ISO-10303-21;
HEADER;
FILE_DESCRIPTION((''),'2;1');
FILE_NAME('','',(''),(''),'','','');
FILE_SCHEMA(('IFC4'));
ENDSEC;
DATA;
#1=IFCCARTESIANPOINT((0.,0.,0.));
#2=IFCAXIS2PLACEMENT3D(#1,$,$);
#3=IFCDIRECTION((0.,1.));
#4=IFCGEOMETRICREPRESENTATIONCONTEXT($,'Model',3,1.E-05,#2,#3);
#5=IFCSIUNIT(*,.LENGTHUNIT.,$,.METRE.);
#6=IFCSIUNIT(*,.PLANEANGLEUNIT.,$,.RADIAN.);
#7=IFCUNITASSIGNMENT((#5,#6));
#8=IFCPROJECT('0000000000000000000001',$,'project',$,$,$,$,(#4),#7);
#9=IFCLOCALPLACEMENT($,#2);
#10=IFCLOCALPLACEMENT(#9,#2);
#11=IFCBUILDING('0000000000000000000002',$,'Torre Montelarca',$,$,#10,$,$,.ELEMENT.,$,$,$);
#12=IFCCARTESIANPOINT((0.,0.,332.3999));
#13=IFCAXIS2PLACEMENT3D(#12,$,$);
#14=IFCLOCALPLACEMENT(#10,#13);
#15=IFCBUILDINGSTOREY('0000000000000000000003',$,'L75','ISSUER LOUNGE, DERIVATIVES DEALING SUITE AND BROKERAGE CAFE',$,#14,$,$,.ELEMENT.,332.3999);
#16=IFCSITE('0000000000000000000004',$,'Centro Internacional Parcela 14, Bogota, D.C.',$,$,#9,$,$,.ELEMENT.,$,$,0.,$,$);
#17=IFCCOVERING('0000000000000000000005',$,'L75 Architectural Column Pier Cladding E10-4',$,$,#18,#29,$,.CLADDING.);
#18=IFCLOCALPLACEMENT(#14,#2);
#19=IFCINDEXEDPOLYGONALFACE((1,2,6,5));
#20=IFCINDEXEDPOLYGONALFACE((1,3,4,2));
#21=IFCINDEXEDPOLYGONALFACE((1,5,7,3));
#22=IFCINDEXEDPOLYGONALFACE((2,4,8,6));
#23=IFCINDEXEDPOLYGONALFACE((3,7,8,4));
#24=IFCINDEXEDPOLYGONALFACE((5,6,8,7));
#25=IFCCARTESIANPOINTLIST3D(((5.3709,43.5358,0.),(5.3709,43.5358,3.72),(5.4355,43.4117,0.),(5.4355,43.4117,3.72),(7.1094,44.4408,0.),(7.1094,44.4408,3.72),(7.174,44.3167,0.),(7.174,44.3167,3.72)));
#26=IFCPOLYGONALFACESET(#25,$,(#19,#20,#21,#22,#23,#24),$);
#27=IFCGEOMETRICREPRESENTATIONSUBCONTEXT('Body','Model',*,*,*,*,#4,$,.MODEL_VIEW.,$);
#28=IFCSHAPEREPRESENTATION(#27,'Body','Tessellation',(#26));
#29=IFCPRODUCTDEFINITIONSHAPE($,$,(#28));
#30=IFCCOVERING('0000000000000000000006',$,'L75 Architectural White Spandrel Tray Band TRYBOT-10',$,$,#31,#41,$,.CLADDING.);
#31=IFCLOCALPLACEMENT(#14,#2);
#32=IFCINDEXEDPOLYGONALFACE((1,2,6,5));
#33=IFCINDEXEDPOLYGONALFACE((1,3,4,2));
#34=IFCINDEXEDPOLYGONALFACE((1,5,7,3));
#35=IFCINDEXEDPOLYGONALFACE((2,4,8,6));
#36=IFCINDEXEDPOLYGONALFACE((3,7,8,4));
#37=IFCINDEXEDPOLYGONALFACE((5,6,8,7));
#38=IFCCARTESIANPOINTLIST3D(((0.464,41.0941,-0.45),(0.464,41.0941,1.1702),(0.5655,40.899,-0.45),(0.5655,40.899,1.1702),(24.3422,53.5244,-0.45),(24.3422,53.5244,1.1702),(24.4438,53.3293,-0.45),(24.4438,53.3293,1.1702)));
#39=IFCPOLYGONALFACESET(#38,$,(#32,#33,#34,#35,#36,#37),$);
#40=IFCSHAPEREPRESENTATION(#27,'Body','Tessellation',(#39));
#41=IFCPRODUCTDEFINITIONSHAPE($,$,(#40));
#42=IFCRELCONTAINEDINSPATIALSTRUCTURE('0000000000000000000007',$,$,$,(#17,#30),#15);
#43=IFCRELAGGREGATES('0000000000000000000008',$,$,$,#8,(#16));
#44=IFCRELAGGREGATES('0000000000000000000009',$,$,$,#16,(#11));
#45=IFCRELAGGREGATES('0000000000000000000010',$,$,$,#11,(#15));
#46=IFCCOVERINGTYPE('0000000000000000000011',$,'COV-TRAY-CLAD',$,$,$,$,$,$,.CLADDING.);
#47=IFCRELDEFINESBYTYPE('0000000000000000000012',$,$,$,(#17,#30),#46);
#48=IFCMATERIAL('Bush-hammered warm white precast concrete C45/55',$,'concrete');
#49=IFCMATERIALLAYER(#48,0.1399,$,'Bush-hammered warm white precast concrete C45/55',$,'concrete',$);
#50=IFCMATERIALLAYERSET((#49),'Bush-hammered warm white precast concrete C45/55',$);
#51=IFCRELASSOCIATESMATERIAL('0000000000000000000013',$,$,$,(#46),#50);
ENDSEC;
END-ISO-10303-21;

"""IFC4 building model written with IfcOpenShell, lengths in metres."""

from ifc_helpers import new_model, si_unit, direction, frame, origin, origin_2d, place, context, subcontext, project, spatial, rectangle, extrude, source, transform, mapped, material, layer, layer_set, type_object, element, save


model = new_model("IFC4")

# Units and contexts
model_context = context("Model", 3, precision=1e-05, world=origin(), true_north=direction((0.0, 1.0)))
body_context = subcontext(model_context, "Body", "Model", "MODEL_VIEW")
ifc_project = project(units=[si_unit("LENGTHUNIT", "METRE"), si_unit("PLANEANGLEUNIT", "RADIAN")], contexts=[model_context])

# Site, building, storey
site_placement = place(None, origin())
site = spatial("IfcSite", under=ifc_project, at=site_placement, Name="Centro Internacional Parcela 14, Bogota, D.C.", CompositionType="ELEMENT", RefElevation=0.0)
building_placement = place(site_placement, origin())
building = spatial("IfcBuilding", under=site, at=building_placement, Name="Torre Montelarca", CompositionType="ELEMENT")
storey_placement = place(building_placement, frame((0.0, 0.0, 332.3999)))
storey = spatial("IfcBuildingStorey", under=building, at=storey_placement, Name="L75", Description="ISSUER LOUNGE, DERIVATIVES DEALING SUITE AND BROKERAGE CAFE", CompositionType="ELEMENT", Elevation=332.3999)

# Coverings
ifc_material_1 = material(Name="Bush-hammered warm white precast concrete C45/55", Category="concrete")
ifc_layer_1 = layer(ifc_material_1, 0.1399, Name="Bush-hammered warm white precast concrete C45/55", Category="concrete")
ifc_layer_set_1 = layer_set([ifc_layer_1], Name="Bush-hammered warm white precast concrete C45/55")
covering_type = type_object("IfcCoveringType", Name="COV-TRAY-CLAD", PredefinedType="CLADDING", material=ifc_layer_set_1)
shared_shape_1 = source(origin(), body_context, "Body", "SweptSolid", [
    extrude(rectangle(XDim=1.96, YDim=0.1399, at=origin_2d()), origin(), (0.0, 0.0, 1.0), 3.72),
])
covering_1_placement = place(storey_placement, frame((6.2725, 43.9263, 0.0), z_axis=(0.0, 0.0, 1.0), x_axis=(-0.887011, -0.461749, 0.0)))
element("IfcCovering", 1, at=covering_1_placement, inside=storey, type_object=covering_type, Name="L75 Architectural Column Pier Cladding E10-4", PredefinedType="CLADDING", context=body_context, shape_type="MappedRepresentation", body=[
    mapped(shared_shape_1, transform((0.0, 0.0, 0.0), scale=1.0)),
])
shared_shape_2 = source(origin(), body_context, "Body", "SweptSolid", [
    extrude(rectangle(XDim=26.9199, YDim=0.22, at=origin_2d()), origin(), (0.0, 0.0, 1.0), 1.6201),
])
covering_2_placement = place(storey_placement, frame((12.4539, 47.2117, -0.45), z_axis=(0.0, 0.0, 1.0), x_axis=(-0.88701, -0.46175, 0.0)))
element("IfcCovering", 2, at=covering_2_placement, inside=storey, type_object=covering_type, Name="L75 Architectural White Spandrel Tray Band TRYBOT-10", PredefinedType="CLADDING", context=body_context, shape_type="MappedRepresentation", body=[
    mapped(shared_shape_2, transform((0.0, 0.0, 0.0), scale=1.0)),
])

save(model, "model.ifc")
